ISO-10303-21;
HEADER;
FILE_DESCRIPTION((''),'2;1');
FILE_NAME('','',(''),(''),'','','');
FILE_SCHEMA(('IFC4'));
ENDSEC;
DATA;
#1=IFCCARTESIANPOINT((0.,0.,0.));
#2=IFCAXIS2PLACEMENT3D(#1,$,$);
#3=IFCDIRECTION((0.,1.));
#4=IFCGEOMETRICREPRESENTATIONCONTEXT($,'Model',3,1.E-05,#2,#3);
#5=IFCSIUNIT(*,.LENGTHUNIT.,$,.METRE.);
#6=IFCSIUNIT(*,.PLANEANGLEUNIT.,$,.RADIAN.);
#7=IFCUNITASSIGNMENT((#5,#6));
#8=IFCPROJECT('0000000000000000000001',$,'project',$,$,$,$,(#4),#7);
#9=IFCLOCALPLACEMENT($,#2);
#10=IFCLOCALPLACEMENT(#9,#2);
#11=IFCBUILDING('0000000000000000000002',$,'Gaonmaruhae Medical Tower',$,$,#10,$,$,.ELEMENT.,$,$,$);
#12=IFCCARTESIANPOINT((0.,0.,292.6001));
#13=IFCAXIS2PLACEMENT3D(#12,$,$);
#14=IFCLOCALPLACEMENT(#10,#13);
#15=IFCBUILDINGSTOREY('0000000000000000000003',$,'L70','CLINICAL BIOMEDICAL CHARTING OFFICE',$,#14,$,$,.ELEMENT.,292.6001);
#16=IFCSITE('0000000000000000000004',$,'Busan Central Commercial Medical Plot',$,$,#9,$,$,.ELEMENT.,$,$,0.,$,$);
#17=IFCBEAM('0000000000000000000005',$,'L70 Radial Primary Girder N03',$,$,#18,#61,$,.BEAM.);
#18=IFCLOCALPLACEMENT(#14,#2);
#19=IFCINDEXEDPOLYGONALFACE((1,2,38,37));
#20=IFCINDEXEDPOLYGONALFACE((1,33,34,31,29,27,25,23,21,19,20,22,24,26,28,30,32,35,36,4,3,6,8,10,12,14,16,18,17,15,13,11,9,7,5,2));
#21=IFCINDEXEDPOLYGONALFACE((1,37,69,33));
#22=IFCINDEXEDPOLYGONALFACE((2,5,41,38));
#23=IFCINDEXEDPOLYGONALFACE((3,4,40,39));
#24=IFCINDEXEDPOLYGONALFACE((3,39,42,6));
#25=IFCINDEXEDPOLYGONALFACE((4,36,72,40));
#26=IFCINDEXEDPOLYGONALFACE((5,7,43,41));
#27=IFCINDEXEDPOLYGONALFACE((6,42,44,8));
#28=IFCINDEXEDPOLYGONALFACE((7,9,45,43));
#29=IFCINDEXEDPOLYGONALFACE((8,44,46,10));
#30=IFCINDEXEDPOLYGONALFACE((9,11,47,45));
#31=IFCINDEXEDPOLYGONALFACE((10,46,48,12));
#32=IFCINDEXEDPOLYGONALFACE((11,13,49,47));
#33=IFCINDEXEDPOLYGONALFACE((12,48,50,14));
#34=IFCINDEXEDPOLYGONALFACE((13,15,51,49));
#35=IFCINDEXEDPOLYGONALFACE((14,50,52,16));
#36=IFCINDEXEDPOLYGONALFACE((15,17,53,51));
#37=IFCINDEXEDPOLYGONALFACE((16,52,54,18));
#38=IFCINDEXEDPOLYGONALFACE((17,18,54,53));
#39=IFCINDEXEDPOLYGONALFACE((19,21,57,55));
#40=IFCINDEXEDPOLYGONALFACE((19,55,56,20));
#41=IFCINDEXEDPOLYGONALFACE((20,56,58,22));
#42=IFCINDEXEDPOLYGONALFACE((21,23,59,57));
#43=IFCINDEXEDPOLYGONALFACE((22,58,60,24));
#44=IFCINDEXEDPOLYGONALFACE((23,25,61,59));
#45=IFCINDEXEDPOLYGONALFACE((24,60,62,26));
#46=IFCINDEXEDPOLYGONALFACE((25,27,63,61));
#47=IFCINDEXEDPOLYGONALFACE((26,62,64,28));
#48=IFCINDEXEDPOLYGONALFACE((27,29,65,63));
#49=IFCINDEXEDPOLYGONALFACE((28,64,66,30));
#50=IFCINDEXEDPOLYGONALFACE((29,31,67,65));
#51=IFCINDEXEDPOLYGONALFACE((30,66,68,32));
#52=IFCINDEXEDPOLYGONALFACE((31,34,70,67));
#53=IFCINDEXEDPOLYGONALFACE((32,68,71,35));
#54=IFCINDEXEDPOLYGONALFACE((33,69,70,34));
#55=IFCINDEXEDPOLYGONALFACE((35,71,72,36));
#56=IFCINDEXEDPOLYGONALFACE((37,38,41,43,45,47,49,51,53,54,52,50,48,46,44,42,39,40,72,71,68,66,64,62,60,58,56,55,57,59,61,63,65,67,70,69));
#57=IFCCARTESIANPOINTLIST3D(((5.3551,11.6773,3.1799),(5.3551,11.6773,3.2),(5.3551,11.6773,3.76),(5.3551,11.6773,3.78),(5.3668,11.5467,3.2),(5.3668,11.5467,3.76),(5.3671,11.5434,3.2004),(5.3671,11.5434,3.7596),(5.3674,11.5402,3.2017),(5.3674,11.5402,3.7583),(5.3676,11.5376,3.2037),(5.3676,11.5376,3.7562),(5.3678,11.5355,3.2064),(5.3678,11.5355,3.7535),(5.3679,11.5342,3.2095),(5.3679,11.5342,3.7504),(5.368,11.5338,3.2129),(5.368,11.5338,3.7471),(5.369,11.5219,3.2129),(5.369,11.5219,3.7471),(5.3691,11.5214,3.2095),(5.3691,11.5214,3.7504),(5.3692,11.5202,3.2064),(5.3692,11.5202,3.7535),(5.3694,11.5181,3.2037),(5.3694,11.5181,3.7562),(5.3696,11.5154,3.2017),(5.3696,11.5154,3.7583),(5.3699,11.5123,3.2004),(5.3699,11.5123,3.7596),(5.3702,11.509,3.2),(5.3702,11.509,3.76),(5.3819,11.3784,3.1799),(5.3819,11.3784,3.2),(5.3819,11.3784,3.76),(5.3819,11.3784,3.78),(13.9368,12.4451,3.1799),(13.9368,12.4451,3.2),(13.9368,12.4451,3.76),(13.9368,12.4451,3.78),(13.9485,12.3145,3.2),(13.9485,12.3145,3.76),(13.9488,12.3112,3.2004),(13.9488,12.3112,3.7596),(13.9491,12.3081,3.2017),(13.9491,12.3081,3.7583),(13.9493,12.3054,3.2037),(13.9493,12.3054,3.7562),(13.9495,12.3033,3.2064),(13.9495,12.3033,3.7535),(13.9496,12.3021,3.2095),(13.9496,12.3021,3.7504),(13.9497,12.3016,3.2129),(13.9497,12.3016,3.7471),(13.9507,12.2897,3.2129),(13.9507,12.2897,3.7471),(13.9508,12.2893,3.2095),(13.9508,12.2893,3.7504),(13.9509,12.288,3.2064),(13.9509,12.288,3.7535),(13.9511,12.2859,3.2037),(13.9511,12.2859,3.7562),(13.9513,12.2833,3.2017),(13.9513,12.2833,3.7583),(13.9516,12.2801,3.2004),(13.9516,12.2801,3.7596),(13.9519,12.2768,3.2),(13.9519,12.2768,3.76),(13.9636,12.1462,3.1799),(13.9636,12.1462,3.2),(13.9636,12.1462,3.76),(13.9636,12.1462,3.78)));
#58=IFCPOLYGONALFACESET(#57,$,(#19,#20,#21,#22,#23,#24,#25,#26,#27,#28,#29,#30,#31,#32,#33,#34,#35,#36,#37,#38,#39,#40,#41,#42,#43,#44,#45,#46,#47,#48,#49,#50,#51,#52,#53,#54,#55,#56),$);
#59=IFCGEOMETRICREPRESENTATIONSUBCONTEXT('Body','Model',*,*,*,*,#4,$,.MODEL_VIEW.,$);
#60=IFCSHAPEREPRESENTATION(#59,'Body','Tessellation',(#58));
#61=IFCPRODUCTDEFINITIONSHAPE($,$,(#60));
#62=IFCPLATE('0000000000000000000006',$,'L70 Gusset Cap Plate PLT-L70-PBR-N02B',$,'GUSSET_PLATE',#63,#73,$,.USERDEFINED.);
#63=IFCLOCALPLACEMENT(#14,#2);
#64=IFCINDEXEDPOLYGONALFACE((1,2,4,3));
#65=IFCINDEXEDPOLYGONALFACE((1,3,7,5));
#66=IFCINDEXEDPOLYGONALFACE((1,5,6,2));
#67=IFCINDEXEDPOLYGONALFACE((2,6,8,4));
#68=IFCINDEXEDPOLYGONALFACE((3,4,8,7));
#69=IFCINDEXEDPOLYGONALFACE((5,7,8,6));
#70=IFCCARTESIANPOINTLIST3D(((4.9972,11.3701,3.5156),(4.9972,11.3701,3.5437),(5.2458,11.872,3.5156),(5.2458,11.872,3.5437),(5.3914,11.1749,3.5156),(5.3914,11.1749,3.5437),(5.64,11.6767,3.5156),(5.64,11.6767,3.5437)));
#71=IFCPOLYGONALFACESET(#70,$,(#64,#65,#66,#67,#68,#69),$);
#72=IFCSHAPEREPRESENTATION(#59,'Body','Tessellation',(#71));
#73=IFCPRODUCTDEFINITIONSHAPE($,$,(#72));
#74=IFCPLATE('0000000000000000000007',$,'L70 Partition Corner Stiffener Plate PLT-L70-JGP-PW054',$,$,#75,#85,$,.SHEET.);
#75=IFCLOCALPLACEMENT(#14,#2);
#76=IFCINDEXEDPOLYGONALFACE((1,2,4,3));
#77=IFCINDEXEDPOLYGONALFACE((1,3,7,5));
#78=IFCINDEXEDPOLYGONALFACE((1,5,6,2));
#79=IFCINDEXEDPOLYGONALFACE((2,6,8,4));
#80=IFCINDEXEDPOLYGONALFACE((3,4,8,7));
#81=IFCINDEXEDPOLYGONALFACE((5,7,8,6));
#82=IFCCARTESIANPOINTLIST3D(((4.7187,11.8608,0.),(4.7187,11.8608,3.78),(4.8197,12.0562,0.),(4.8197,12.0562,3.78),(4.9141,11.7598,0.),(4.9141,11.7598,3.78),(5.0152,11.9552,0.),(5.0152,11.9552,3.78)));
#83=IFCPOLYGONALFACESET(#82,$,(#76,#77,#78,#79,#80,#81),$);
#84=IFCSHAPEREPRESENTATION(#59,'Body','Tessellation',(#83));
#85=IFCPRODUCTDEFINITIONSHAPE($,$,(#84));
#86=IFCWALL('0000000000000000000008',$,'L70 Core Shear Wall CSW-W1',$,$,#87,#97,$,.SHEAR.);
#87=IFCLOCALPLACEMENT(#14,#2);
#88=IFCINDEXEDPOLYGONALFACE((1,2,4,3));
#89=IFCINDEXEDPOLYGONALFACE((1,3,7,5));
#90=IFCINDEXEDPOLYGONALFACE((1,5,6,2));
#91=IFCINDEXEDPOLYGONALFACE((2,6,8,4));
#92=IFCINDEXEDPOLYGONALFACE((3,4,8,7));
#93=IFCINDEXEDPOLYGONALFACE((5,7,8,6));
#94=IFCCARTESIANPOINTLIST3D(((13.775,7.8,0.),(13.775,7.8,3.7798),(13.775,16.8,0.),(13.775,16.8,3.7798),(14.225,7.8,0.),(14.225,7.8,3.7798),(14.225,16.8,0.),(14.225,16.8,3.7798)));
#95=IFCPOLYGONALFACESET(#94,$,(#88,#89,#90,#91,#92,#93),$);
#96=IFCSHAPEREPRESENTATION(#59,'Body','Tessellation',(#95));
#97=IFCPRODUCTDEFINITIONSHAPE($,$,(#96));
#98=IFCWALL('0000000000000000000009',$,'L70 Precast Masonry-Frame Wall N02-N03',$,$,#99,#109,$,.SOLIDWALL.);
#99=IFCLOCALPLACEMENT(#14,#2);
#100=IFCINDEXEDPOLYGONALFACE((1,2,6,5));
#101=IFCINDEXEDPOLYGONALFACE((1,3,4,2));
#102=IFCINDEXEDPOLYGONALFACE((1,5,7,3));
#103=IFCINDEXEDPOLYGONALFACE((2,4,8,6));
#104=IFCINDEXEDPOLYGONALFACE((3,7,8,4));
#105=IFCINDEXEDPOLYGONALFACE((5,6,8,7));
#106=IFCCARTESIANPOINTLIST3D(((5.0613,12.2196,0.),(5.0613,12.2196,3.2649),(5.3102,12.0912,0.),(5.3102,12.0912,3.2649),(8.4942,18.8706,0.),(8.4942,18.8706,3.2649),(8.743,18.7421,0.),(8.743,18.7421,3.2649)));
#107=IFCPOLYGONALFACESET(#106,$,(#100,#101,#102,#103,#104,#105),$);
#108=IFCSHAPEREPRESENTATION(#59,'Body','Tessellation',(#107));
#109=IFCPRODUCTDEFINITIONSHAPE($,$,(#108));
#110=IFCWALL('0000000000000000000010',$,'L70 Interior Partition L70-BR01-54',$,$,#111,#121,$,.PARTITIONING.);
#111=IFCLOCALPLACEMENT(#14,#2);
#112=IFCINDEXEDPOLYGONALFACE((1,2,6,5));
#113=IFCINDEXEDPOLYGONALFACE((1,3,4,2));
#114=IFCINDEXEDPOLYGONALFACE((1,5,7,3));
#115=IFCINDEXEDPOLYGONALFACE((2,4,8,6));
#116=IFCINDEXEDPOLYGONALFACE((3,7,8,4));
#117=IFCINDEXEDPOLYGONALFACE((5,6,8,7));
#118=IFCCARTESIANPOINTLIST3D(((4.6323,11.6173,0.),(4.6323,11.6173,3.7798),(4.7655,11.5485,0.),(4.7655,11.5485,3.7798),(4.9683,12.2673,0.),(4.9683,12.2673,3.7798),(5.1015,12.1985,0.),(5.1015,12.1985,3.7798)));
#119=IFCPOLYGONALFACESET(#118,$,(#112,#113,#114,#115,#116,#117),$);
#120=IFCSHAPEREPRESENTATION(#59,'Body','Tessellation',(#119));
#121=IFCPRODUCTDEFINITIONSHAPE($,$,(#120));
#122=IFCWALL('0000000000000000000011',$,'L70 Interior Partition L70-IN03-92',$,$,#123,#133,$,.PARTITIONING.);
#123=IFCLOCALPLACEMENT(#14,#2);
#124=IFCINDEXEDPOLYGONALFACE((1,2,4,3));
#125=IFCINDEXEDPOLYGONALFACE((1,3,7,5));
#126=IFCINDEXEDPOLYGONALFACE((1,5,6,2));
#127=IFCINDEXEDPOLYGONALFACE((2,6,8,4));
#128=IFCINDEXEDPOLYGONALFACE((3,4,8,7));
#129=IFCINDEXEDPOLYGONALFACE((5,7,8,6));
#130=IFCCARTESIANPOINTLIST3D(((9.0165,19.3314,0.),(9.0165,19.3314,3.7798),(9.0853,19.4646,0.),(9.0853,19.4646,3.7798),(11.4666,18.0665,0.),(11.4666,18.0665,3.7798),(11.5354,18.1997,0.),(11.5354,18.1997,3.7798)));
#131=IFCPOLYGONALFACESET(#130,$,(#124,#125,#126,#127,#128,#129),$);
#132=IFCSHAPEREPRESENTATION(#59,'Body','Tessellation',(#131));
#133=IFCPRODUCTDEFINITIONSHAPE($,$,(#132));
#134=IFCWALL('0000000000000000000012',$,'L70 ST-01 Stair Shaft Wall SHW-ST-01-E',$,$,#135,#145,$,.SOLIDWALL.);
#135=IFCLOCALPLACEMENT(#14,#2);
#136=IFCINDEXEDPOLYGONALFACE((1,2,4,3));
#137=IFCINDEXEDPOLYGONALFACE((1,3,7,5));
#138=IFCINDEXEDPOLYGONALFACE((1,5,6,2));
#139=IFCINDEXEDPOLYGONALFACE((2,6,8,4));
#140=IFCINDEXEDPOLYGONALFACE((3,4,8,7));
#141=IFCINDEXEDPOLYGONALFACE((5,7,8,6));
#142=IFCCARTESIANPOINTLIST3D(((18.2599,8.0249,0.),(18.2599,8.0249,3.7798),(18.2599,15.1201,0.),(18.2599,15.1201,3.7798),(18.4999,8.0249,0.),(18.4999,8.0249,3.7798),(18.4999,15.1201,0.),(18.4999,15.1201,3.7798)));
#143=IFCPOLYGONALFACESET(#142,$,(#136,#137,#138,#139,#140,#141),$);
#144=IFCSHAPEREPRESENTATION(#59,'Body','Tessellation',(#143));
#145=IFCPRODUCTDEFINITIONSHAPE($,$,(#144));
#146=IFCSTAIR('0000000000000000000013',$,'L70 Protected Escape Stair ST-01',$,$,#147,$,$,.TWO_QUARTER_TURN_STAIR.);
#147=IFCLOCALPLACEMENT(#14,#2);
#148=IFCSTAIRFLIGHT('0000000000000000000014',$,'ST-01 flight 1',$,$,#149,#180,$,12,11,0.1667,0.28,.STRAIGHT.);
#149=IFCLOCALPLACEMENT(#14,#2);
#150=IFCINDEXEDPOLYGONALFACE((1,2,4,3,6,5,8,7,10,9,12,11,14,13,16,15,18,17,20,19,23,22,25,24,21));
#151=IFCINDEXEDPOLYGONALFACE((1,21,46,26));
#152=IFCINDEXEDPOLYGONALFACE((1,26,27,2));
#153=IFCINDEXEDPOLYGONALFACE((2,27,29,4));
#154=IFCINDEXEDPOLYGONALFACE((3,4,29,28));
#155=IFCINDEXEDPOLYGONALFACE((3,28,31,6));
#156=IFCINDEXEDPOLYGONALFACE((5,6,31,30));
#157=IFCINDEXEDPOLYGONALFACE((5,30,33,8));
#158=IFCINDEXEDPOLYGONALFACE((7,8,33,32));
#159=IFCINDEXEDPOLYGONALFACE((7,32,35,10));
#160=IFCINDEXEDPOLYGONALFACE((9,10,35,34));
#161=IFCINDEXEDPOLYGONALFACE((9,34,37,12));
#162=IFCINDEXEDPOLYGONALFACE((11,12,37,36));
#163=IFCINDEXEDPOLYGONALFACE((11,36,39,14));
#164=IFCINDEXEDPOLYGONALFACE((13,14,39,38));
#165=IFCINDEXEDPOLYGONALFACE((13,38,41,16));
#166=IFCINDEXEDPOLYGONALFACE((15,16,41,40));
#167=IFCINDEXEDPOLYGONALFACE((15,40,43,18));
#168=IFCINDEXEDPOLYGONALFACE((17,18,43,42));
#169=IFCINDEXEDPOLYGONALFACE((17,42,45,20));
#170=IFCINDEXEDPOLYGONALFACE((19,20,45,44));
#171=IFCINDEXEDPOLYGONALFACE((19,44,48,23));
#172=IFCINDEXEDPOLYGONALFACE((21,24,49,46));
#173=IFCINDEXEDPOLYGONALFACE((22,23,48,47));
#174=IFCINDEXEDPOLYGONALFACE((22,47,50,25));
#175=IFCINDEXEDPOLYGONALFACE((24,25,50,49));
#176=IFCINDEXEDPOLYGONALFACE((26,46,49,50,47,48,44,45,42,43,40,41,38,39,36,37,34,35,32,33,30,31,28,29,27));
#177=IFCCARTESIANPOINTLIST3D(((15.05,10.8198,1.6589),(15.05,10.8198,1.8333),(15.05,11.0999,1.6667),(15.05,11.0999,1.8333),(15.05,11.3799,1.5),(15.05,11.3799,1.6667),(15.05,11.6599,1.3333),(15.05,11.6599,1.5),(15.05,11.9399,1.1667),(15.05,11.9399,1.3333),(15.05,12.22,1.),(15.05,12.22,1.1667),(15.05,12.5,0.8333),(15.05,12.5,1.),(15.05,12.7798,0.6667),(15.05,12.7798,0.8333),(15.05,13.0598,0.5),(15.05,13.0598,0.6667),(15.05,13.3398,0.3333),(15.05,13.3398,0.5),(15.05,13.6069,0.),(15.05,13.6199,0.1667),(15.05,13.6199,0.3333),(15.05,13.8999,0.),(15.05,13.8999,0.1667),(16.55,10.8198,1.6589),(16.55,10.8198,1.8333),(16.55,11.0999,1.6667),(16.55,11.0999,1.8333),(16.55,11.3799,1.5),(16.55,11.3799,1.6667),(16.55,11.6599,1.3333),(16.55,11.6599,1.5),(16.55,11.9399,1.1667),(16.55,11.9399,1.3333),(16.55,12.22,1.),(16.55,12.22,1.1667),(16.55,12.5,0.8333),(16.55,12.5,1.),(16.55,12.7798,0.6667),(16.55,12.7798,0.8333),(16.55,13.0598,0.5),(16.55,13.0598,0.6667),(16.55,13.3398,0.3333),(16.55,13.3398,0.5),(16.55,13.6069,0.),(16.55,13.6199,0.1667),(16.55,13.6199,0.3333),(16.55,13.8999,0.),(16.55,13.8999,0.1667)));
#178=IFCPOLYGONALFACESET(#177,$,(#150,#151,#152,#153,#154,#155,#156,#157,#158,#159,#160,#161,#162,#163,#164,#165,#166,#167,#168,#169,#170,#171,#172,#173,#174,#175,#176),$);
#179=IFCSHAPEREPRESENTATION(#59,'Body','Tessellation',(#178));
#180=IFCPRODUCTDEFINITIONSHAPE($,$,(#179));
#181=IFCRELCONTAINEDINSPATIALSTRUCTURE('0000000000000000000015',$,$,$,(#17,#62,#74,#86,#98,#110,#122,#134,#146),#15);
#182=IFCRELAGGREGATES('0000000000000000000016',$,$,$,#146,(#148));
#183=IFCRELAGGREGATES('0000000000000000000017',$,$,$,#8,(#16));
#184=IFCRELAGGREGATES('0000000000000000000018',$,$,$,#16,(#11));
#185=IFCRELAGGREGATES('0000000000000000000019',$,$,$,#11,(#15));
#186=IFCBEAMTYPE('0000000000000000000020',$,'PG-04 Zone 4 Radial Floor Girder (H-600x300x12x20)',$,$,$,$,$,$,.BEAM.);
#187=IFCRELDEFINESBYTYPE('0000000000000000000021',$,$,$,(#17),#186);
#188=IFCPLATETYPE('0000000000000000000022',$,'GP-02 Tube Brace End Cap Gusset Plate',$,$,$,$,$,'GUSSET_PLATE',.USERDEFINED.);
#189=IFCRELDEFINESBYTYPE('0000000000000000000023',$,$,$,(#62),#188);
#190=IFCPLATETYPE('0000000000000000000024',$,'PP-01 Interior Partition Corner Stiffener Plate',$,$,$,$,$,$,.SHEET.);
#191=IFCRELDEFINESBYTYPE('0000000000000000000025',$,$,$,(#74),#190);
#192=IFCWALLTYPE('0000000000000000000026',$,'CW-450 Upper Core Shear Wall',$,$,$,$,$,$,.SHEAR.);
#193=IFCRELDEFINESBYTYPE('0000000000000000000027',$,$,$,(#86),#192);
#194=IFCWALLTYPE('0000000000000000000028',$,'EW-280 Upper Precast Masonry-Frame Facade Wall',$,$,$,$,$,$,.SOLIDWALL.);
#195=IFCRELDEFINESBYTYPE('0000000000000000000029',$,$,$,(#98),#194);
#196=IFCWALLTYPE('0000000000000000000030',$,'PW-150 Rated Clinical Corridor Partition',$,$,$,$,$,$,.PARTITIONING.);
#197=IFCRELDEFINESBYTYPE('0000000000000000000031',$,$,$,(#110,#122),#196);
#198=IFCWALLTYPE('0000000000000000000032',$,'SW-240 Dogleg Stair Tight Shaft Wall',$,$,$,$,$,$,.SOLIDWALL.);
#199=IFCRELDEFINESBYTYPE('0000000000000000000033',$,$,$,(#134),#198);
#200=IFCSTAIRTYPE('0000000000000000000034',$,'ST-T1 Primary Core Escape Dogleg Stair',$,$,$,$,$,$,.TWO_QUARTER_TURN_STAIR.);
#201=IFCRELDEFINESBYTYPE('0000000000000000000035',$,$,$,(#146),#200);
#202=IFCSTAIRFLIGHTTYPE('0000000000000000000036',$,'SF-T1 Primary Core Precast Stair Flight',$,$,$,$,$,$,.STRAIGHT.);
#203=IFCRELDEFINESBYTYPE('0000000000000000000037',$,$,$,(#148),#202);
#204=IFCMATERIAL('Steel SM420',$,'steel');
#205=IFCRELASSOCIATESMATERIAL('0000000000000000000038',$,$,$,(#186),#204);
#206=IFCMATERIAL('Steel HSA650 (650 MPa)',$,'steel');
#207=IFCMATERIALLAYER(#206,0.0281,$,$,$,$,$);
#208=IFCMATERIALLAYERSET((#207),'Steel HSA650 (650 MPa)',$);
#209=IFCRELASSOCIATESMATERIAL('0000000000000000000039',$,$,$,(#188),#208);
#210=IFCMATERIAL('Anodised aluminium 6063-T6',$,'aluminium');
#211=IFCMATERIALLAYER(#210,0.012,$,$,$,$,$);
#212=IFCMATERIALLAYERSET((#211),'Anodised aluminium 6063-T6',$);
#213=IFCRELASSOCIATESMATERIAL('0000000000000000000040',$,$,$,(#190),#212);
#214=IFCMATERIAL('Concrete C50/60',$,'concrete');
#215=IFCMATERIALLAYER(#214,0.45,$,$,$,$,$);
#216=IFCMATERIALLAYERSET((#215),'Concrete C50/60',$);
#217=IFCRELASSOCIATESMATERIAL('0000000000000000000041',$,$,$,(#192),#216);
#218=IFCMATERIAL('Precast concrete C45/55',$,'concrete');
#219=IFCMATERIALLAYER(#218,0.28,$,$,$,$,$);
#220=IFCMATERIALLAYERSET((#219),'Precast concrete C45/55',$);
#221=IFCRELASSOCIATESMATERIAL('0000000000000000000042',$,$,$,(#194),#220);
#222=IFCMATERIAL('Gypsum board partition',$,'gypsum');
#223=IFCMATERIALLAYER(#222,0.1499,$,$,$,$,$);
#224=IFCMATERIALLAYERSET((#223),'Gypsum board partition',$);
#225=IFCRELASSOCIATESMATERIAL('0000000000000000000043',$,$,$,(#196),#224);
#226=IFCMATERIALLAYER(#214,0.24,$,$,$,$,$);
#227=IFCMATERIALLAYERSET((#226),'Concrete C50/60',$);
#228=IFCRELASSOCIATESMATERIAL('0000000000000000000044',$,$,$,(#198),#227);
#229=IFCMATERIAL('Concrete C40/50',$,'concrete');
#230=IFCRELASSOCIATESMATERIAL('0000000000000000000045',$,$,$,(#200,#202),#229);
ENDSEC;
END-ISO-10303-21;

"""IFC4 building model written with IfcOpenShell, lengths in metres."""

from ifc_helpers import new_model, si_unit, direction, frame, frame_2d, origin, origin_2d, place, context, subcontext, project, spatial, polyline, rectangle, i_section, outline, extrude, material, layer, layer_set, material_profile, profile_set, type_object, element, aggregate, save


model = new_model("IFC4")

# Units and contexts
model_context = context("Model", 3, precision=1e-05, world=origin(), true_north=direction((0.0, 1.0)))
body_context = subcontext(model_context, "Body", "Model", "MODEL_VIEW")
ifc_project = project(units=[si_unit("LENGTHUNIT", "METRE"), si_unit("PLANEANGLEUNIT", "RADIAN")], contexts=[model_context])

# Site, building, storey
site_placement = place(None, origin())
site = spatial("IfcSite", under=ifc_project, at=site_placement, Name="Busan Central Commercial Medical Plot", CompositionType="ELEMENT", RefElevation=0.0)
building_placement = place(site_placement, origin())
building = spatial("IfcBuilding", under=site, at=building_placement, Name="Gaonmaruhae Medical Tower", CompositionType="ELEMENT")
storey_placement = place(building_placement, frame((0.0, 0.0, 292.6001)))
storey = spatial("IfcBuildingStorey", under=building, at=storey_placement, Name="L70", Description="CLINICAL BIOMEDICAL CHARTING OFFICE", CompositionType="ELEMENT", Elevation=292.6001)

# Shared definitions
ifc_material_1 = material(Name="Concrete C50/60", Category="concrete")

# Beam
ifc_material_2 = material(Name="Steel SM420", Category="steel")
ifc_material_profile_1 = material_profile(ifc_material_2, i_section(OverallWidth=0.3, OverallDepth=0.6001, WebThickness=0.012, FlangeThickness=0.02, FilletRadius=0.0129, at=origin_2d()), Name="H-600x300x12x20")
ifc_profile_set_1 = profile_set([ifc_material_profile_1], Name="Steel SM420")
beam_type_1 = type_object("IfcBeamType", Name="PG-04 Zone 4 Radial Floor Girder (H-600x300x12x20)", PredefinedType="BEAM", material=ifc_profile_set_1)
beam_1_placement = place(storey_placement, frame((13.9502, 12.2957, 3.48), z_axis=(-0.996021, -0.089115, 0.0), x_axis=(0.089115, -0.996021, 0.0)))
element("IfcBeam", 1, at=beam_1_placement, inside=storey, type_object=beam_type_1, Name="L70 Radial Primary Girder N03", PredefinedType="BEAM", context=body_context, shape_type="SweptSolid", body=[
    extrude(i_section(OverallWidth=0.3, OverallDepth=0.6001, WebThickness=0.012, FlangeThickness=0.02, FilletRadius=0.0129, at=origin_2d()), origin(), (0.0, 0.0, 1.0), 8.616),
])

# Plates
ifc_material_3 = material(Name="Steel HSA650 (650 MPa)", Category="steel")
ifc_layer_1 = layer(ifc_material_3, 0.0281)
ifc_layer_set_1 = layer_set([ifc_layer_1], Name="Steel HSA650 (650 MPa)")
plate_type_1 = type_object("IfcPlateType", Name="GP-02 Tube Brace End Cap Gusset Plate", ElementType="GUSSET_PLATE", PredefinedType="USERDEFINED", material=ifc_layer_set_1)
plate_1_placement = place(storey_placement, frame((5.3186, 11.5234, 3.5156), z_axis=(0.0, 0.0, 1.0), x_axis=(0.443853, 0.896099, 0.0)))
element("IfcPlate", 2, at=plate_1_placement, inside=storey, type_object=plate_type_1, Name="L70 Gusset Cap Plate PLT-L70-PBR-N02B", ObjectType="GUSSET_PLATE", PredefinedType="USERDEFINED", context=body_context, shape_type="SweptSolid", body=[
    extrude(rectangle(XDim=0.5601, YDim=0.4399, at=origin_2d()), origin(), (0.0, 0.0, 1.0), 0.0281),
])
ifc_material_4 = material(Name="Anodised aluminium 6063-T6", Category="aluminium")
ifc_layer_2 = layer(ifc_material_4, 0.012)
ifc_layer_set_2 = layer_set([ifc_layer_2], Name="Anodised aluminium 6063-T6")
plate_type_2 = type_object("IfcPlateType", Name="PP-01 Interior Partition Corner Stiffener Plate", PredefinedType="SHEET", material=ifc_layer_set_2)
plate_2_placement = place(storey_placement, frame((4.8669, 11.908, 0.0), z_axis=(0.0, 0.0, 1.0), x_axis=(0.459192, 0.888337, 0.0)))
element("IfcPlate", 3, at=plate_2_placement, inside=storey, type_object=plate_type_2, Name="L70 Partition Corner Stiffener Plate PLT-L70-JGP-PW054", PredefinedType="SHEET", context=body_context, shape_type="SweptSolid", body=[
    extrude(rectangle(XDim=0.22, YDim=0.22, at=origin_2d()), origin(), (0.0, 0.0, 1.0), 3.78),
])

# Walls
ifc_layer_3 = layer(ifc_material_1, 0.45)
ifc_layer_set_3 = layer_set([ifc_layer_3], Name="Concrete C50/60")
wall_type_1 = type_object("IfcWallType", Name="CW-450 Upper Core Shear Wall", PredefinedType="SHEAR", material=ifc_layer_set_3)
wall_1_placement = place(storey_placement, frame((14.0, 16.8, 0.0), z_axis=(0.0, 0.0, 1.0), x_axis=(0.0, -1.0, 0.0)))
element("IfcWall", 4, at=wall_1_placement, inside=storey, type_object=wall_type_1, Name="L70 Core Shear Wall CSW-W1", PredefinedType="SHEAR", context=body_context, shape_type="SweptSolid", body=[
    extrude(rectangle(XDim=9.0, YDim=0.45, at=frame_2d((4.5, 0.0))), origin(), (0.0, 0.0, 1.0), 3.7798),
])
ifc_material_5 = material(Name="Precast concrete C45/55", Category="concrete")
ifc_layer_4 = layer(ifc_material_5, 0.28)
ifc_layer_set_4 = layer_set([ifc_layer_4], Name="Precast concrete C45/55")
wall_type_2 = type_object("IfcWallType", Name="EW-280 Upper Precast Masonry-Frame Facade Wall", PredefinedType="SOLIDWALL", material=ifc_layer_set_4)
wall_2_placement = place(storey_placement, frame((5.1858, 12.1555, 0.0), z_axis=(0.0, 0.0, 1.0), x_axis=(0.458659, 0.888613, 0.0)))
element("IfcWall", 5, at=wall_2_placement, inside=storey, type_object=wall_type_2, Name="L70 Precast Masonry-Frame Wall N02-N03", PredefinedType="SOLIDWALL", context=body_context, shape_type="SweptSolid", body=[
    extrude(rectangle(XDim=7.4846, YDim=0.28, at=frame_2d((3.7422, 0.0))), origin(), (0.0, 0.0, 1.0), 3.2649),
])

# Shared definitions
ifc_material_6 = material(Name="Gypsum board partition", Category="gypsum")
ifc_layer_5 = layer(ifc_material_6, 0.1499)
ifc_layer_set_5 = layer_set([ifc_layer_5], Name="Gypsum board partition")
wall_type_3 = type_object("IfcWallType", Name="PW-150 Rated Clinical Corridor Partition", PredefinedType="PARTITIONING", material=ifc_layer_set_5)

# Walls
wall_3_placement = place(storey_placement, frame((4.699, 11.583, 0.0), z_axis=(0.0, 0.0, 1.0), x_axis=(0.459187, 0.88834, 0.0)))
element("IfcWall", 6, at=wall_3_placement, inside=storey, type_object=wall_type_3, Name="L70 Interior Partition L70-BR01-54", PredefinedType="PARTITIONING", context=body_context, shape_type="SweptSolid", body=[
    extrude(rectangle(XDim=0.7317, YDim=0.1499, at=frame_2d((0.3657, 0.0))), origin(), (0.0, 0.0, 1.0), 3.7798),
])
wall_4_placement = place(storey_placement, frame((11.501, 18.1331, 0.0), z_axis=(0.0, 0.0, 1.0), x_axis=(-0.888561, 0.458758, 0.0)))
element("IfcWall", 7, at=wall_4_placement, inside=storey, type_object=wall_type_3, Name="L70 Interior Partition L70-IN03-92", PredefinedType="PARTITIONING", context=body_context, shape_type="SweptSolid", body=[
    extrude(rectangle(XDim=2.7573, YDim=0.1499, at=frame_2d((1.3787, 0.0))), origin(), (0.0, 0.0, 1.0), 3.7798),
])

# Shared definitions
ifc_layer_6 = layer(ifc_material_1, 0.24)
ifc_layer_set_6 = layer_set([ifc_layer_6], Name="Concrete C50/60")
wall_type_4 = type_object("IfcWallType", Name="SW-240 Dogleg Stair Tight Shaft Wall", PredefinedType="SOLIDWALL", material=ifc_layer_set_6)

# Wall
wall_5_placement = place(storey_placement, frame((18.3799, 15.1201, 0.0), z_axis=(0.0, 0.0, 1.0), x_axis=(0.0, -1.0, 0.0)))
element("IfcWall", 8, at=wall_5_placement, inside=storey, type_object=wall_type_4, Name="L70 ST-01 Stair Shaft Wall SHW-ST-01-E", PredefinedType="SOLIDWALL", context=body_context, shape_type="SweptSolid", body=[
    extrude(rectangle(XDim=7.0952, YDim=0.24, at=frame_2d((3.5476, 0.0))), origin(), (0.0, 0.0, 1.0), 3.7798),
])

# Stair, stair flight
ifc_material_7 = material(Name="Concrete C40/50", Category="concrete")
stair_type = type_object("IfcStairType", Name="ST-T1 Primary Core Escape Dogleg Stair", PredefinedType="TWO_QUARTER_TURN_STAIR", material=ifc_material_7)
stair_placement = place(storey_placement, origin())
stair = element("IfcStair", 9, at=stair_placement, inside=storey, type_object=stair_type, Name="L70 Protected Escape Stair ST-01", PredefinedType="TWO_QUARTER_TURN_STAIR")
stair_flight_type = type_object("IfcStairFlightType", Name="SF-T1 Primary Core Precast Stair Flight", PredefinedType="STRAIGHT", material=ifc_material_7)
stair_flight_placement = place(storey_placement, frame((15.8, 13.8999, 0.0), z_axis=(0.0, 0.0, 1.0), x_axis=(0.0, -1.0, 0.0)))
stair_flight = element("IfcStairFlight", 10, at=stair_flight_placement, type_object=stair_flight_type, Name="ST-01 flight 1", NumberOfRisers=12, NumberOfTreads=11, PredefinedType="STRAIGHT", RiserHeight=0.1667, TreadLength=0.28, context=body_context, shape_type="SweptSolid", body=[
    extrude(outline(polyline([(0.0, 0.0), (0.0, 0.1667), (0.28, 0.1667), (0.28, 0.3333), (0.5601, 0.3333), (0.5601, 0.5), (0.8401, 0.5), (0.8401, 0.6667), (1.1201, 0.6667), (1.1201, 0.8333), (1.3999, 0.8333), (1.3999, 1.0), (1.6799, 1.0), (1.6799, 1.1667), (1.96, 1.1667), (1.96, 1.3333), (2.24, 1.3333), (2.24, 1.5), (2.52, 1.5), (2.52, 1.6667), (2.8, 1.6667), (2.8, 1.8333), (3.0801, 1.8333), (3.0801, 2.0), (3.0801, 1.6589), (0.293, 0.0), (0.0, 0.0)])), frame((0.0, 0.75, 0.0), z_axis=(0.0, -1.0, 0.0), x_axis=(1.0, 0.0, 0.0)), (0.0, 0.0, 1.0), 1.5),
])
aggregate(stair, [stair_flight])

save(model, "model.ifc")
